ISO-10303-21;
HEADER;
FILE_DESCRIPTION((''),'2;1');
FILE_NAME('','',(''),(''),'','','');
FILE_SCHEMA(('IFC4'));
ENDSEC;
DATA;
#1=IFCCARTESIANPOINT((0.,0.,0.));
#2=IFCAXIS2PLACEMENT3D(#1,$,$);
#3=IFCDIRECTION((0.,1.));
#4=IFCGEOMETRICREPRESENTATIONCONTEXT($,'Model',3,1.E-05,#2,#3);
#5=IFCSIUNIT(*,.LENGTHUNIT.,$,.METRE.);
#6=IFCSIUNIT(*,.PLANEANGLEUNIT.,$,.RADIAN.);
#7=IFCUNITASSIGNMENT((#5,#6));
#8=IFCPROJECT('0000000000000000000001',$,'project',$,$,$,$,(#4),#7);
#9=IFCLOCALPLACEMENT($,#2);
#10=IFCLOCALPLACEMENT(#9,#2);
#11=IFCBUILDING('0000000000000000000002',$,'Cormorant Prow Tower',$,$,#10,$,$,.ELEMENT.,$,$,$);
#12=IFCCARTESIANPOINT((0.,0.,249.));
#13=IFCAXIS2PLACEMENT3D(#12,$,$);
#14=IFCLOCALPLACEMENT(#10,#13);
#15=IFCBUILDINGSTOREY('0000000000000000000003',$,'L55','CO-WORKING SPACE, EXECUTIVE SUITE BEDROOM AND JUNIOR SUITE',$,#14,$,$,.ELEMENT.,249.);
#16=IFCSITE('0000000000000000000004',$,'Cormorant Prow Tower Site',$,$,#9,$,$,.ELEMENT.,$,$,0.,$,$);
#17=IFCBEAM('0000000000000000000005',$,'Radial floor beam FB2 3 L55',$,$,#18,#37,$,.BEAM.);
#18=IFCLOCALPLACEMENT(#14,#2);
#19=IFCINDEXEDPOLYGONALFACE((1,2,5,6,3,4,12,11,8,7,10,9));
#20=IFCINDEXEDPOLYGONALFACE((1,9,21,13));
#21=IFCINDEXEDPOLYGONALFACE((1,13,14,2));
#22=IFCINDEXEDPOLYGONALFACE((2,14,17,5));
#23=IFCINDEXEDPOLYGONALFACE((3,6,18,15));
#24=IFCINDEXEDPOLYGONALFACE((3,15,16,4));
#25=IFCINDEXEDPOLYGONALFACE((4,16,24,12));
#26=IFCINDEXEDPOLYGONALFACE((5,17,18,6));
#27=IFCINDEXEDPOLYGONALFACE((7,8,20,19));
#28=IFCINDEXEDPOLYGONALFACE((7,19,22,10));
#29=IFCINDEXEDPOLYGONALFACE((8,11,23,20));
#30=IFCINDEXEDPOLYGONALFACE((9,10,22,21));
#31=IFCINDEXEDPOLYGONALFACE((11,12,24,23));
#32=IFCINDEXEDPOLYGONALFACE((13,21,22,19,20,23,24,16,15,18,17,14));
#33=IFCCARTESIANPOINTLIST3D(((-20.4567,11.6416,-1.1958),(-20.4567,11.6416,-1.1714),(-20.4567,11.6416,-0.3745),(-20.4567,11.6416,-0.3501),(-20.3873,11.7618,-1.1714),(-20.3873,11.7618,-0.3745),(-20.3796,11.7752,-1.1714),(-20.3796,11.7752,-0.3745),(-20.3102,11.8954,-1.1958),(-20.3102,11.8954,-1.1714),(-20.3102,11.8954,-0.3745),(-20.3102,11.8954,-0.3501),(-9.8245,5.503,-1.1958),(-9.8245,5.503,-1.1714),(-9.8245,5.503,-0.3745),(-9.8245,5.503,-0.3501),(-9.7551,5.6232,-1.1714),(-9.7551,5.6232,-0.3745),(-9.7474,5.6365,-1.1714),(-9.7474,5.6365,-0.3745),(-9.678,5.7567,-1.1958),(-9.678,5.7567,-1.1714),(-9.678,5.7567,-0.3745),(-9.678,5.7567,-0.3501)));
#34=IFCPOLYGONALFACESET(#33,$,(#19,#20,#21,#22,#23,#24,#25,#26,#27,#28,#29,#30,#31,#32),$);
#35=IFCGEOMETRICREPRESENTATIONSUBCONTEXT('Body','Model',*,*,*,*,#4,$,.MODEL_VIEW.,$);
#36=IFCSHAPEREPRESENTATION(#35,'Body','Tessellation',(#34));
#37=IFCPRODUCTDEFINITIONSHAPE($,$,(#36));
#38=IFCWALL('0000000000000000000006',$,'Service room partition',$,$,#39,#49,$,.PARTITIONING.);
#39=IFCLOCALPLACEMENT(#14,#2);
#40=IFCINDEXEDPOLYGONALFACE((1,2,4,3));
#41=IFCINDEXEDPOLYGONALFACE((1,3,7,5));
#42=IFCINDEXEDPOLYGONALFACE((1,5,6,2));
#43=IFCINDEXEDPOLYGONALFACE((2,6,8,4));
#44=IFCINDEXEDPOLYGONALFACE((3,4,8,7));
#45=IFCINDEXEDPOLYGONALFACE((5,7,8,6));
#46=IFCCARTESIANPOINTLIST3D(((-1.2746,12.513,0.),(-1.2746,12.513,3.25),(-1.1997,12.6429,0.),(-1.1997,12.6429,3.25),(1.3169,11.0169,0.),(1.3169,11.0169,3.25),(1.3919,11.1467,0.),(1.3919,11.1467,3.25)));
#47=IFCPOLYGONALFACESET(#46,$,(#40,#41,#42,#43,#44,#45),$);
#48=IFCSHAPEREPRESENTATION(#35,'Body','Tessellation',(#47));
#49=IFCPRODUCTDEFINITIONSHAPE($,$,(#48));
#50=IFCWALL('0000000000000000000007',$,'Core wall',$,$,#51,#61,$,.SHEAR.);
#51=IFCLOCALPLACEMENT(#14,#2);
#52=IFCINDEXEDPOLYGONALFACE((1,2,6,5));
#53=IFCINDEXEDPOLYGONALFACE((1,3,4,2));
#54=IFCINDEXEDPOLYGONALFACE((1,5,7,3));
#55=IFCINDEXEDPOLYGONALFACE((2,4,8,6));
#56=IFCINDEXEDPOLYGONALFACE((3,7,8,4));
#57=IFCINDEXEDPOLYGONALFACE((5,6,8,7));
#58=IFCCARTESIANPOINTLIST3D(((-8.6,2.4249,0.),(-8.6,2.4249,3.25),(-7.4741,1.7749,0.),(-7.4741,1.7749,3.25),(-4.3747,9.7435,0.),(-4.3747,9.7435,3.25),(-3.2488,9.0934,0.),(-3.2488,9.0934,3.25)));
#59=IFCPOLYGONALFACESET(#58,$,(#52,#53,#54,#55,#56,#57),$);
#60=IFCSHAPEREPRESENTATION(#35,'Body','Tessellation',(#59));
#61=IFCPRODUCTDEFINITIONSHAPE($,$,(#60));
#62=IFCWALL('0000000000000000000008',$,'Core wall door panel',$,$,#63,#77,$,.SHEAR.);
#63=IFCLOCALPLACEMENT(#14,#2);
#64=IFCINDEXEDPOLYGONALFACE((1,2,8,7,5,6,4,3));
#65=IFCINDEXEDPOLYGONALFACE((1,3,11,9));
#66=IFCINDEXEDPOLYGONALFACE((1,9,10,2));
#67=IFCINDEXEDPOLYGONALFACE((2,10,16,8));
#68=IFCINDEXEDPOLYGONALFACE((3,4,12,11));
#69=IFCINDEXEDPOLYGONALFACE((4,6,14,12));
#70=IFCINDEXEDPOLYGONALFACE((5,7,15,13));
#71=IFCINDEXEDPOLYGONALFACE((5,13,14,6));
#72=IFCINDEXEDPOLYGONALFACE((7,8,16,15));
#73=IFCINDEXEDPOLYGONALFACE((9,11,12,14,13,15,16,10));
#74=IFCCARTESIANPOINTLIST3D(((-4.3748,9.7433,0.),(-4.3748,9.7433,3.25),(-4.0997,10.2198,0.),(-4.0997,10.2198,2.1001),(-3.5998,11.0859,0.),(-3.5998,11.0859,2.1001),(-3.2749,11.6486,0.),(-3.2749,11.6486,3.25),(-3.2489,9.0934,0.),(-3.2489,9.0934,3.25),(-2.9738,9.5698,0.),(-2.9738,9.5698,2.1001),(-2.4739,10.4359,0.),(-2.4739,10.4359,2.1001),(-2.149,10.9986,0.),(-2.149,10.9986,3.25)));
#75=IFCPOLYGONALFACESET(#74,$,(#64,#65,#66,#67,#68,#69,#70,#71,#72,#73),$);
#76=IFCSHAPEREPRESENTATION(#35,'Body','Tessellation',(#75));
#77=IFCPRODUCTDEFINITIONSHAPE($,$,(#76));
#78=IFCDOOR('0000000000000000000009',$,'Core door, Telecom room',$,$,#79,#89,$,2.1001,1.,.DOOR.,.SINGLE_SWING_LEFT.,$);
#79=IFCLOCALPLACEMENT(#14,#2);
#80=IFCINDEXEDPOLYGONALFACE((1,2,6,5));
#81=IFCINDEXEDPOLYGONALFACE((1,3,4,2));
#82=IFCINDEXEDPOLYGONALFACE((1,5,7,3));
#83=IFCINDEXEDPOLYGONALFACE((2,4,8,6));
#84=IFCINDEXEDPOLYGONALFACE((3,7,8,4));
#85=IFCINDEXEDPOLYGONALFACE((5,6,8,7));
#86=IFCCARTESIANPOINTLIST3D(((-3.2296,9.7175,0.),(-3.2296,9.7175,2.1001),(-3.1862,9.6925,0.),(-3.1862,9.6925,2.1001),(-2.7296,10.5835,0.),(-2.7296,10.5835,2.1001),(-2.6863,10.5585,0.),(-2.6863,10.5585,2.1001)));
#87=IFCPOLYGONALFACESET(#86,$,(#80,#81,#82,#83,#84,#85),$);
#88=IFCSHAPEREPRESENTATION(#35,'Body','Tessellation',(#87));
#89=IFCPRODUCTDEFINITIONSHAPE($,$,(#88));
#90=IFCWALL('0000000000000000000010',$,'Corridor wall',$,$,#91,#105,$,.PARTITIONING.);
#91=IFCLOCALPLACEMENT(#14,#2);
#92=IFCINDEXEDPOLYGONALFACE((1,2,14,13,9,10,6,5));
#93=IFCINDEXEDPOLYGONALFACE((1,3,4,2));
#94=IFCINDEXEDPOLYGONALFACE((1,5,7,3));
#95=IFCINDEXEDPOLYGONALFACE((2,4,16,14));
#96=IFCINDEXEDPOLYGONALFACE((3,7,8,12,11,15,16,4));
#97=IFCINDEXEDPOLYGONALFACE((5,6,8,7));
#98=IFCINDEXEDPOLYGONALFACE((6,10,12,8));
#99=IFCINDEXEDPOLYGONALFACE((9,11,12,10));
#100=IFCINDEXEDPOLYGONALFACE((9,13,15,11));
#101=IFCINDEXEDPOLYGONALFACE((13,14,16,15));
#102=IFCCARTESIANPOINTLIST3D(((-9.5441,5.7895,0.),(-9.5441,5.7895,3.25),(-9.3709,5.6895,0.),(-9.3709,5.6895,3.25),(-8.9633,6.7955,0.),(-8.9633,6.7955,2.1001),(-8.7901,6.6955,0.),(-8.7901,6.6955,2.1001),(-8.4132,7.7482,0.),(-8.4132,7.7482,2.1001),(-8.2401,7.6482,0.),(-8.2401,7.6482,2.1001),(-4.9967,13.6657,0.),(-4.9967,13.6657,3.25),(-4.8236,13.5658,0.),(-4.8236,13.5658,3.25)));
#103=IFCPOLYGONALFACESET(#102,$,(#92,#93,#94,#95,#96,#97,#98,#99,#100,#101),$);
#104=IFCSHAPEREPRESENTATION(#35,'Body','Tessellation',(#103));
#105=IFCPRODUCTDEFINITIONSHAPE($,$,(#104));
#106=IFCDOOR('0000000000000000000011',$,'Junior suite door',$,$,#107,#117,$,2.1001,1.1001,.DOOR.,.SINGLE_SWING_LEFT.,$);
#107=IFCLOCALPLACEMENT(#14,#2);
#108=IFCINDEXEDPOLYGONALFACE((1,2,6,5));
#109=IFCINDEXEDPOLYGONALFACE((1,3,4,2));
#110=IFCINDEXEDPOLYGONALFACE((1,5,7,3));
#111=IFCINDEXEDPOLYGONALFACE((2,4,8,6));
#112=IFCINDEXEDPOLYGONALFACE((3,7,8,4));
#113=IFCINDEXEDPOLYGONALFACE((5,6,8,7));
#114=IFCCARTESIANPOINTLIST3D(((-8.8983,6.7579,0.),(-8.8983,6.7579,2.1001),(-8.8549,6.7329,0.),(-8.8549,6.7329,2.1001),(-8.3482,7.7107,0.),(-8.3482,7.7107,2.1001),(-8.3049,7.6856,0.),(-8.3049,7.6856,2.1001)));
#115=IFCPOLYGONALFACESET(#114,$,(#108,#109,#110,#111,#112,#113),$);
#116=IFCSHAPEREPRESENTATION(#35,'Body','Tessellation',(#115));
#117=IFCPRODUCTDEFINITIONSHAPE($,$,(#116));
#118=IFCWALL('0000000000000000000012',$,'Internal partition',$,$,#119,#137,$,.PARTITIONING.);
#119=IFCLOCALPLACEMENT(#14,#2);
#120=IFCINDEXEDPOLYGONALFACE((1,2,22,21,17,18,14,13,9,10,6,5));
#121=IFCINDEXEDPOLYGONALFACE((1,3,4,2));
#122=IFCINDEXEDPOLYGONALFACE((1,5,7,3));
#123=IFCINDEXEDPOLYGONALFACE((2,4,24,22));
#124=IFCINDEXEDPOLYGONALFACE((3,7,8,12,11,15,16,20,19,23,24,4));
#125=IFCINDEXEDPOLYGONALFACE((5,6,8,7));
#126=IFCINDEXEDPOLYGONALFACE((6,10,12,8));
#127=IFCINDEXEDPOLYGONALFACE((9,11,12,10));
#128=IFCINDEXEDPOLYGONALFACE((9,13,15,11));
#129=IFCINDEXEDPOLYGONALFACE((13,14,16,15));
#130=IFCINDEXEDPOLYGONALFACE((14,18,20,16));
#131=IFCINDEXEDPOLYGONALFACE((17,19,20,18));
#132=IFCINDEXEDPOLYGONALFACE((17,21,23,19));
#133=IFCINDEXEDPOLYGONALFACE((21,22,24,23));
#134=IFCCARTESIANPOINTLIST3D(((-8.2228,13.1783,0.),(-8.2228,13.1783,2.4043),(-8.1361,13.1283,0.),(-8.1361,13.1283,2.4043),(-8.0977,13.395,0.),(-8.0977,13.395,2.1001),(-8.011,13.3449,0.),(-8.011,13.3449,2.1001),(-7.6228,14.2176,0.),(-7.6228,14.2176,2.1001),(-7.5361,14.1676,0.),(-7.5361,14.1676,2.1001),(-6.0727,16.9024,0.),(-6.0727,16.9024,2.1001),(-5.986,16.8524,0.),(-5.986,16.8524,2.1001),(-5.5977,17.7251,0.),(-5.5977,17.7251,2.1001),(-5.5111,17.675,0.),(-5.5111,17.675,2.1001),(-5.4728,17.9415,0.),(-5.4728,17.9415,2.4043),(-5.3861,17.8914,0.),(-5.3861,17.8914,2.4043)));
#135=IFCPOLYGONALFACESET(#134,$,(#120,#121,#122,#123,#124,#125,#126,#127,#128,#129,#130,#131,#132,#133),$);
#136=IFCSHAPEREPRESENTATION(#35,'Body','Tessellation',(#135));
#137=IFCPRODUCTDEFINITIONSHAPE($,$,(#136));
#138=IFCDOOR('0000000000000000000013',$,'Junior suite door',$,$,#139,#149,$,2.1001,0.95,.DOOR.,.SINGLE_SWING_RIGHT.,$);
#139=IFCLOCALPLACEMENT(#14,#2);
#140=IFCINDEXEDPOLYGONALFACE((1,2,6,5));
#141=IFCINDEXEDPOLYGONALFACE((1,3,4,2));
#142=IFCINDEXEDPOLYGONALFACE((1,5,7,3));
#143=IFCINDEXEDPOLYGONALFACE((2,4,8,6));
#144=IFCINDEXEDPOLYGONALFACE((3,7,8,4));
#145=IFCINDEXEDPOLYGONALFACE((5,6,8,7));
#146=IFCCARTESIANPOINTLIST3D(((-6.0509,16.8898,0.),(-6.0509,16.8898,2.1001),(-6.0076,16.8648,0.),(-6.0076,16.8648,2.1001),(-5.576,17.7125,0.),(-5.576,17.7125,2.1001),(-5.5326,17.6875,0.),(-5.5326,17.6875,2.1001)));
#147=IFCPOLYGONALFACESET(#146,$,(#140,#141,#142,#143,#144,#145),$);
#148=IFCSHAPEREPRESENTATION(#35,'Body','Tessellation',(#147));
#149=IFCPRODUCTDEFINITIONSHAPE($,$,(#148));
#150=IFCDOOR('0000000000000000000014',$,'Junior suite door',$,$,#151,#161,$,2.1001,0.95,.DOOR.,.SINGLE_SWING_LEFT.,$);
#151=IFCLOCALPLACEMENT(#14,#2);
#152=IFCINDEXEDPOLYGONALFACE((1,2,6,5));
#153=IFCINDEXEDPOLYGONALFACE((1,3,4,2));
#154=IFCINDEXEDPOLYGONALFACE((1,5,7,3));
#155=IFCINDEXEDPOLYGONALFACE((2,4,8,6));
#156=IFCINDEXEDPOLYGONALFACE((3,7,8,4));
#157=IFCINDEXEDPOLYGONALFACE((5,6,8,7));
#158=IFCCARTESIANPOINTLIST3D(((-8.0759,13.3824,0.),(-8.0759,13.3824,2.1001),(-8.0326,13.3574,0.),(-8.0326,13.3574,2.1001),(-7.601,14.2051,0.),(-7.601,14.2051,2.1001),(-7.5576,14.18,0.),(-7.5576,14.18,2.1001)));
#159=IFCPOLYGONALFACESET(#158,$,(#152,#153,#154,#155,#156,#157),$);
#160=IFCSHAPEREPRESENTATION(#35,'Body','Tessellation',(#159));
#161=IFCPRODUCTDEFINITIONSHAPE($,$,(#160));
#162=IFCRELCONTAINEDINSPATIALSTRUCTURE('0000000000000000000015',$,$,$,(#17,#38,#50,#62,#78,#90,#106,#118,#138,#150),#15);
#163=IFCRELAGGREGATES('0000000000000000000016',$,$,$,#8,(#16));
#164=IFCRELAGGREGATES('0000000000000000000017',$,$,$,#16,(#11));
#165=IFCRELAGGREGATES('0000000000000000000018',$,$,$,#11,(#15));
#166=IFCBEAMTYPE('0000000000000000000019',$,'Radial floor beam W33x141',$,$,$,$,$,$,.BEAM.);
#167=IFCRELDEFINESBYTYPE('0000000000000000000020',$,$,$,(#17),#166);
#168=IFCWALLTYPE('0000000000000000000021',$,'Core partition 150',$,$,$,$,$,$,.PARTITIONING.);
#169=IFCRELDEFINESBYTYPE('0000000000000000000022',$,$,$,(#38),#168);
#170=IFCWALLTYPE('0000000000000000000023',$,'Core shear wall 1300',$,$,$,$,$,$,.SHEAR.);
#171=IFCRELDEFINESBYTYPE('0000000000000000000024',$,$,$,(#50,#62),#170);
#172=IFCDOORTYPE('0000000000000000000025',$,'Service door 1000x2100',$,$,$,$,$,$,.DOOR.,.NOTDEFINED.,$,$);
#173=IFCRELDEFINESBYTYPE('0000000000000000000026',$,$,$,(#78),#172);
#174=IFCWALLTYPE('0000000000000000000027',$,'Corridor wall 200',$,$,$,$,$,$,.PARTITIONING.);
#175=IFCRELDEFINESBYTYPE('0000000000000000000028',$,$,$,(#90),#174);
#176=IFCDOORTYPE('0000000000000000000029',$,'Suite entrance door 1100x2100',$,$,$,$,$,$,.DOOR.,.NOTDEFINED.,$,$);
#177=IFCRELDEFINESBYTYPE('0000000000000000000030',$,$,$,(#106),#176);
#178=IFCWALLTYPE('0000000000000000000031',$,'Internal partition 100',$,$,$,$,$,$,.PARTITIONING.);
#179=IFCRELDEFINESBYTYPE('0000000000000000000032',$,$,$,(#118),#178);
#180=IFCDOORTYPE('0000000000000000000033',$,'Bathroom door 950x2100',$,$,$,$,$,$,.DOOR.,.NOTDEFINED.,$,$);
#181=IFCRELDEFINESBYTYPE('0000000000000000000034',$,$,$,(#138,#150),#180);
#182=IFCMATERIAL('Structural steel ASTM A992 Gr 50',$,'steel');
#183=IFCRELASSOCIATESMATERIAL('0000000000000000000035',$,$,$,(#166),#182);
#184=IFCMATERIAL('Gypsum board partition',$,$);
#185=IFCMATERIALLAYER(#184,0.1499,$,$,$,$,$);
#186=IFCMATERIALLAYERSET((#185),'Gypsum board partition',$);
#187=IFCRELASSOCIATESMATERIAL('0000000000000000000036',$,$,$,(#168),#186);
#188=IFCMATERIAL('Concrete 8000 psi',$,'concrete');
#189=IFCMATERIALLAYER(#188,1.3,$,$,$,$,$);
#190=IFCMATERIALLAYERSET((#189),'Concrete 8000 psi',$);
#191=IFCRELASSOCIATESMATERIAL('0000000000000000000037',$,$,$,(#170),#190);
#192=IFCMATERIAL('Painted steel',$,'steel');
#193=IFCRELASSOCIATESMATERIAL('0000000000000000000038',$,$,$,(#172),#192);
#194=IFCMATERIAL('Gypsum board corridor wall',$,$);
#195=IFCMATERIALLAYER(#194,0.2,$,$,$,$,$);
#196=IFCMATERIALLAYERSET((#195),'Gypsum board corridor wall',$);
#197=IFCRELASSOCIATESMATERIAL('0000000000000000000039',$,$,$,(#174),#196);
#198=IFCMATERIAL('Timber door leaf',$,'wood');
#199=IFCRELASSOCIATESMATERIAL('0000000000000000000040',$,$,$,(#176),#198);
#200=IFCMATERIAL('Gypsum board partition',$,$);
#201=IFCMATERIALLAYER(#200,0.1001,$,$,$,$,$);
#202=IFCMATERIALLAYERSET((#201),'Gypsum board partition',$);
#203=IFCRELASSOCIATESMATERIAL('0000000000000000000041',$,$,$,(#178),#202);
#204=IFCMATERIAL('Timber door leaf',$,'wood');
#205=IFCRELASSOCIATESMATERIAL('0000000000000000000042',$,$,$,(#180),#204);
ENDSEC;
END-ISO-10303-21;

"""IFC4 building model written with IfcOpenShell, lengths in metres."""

from ifc_helpers import new_model, si_unit, direction, frame, frame_2d, origin, origin_2d, place, context, subcontext, project, spatial, rectangle, i_section, extrude, material, layer, layer_set, material_profile, profile_set, type_object, element, fill, save


model = new_model("IFC4")

# Units and contexts
model_context = context("Model", 3, precision=1e-05, world=origin(), true_north=direction((0.0, 1.0)))
body_context = subcontext(model_context, "Body", "Model", "MODEL_VIEW")
ifc_project = project(units=[si_unit("LENGTHUNIT", "METRE"), si_unit("PLANEANGLEUNIT", "RADIAN")], contexts=[model_context])

# Site, building, storey
site_placement = place(None, origin())
site = spatial("IfcSite", under=ifc_project, at=site_placement, Name="Cormorant Prow Tower Site", CompositionType="ELEMENT", RefElevation=0.0)
building_placement = place(site_placement, origin())
building = spatial("IfcBuilding", under=site, at=building_placement, Name="Cormorant Prow Tower", CompositionType="ELEMENT")
storey_placement = place(building_placement, frame((0.0, 0.0, 249.0)))
storey = spatial("IfcBuildingStorey", under=building, at=storey_placement, Name="L55", Description="CO-WORKING SPACE, EXECUTIVE SUITE BEDROOM AND JUNIOR SUITE", CompositionType="ELEMENT", Elevation=249.0)

# Beam
ifc_material_1 = material(Name="Structural steel ASTM A992 Gr 50", Category="steel")
ifc_material_profile = material_profile(ifc_material_1, i_section(OverallWidth=0.293, OverallDepth=0.8457, WebThickness=0.0154, FlangeThickness=0.0244, at=origin_2d()), Name="W33x141")
ifc_profile_set = profile_set([ifc_material_profile], Name="Structural steel ASTM A992 Gr 50")
beam_type = type_object("IfcBeamType", Name="Radial floor beam W33x141", PredefinedType="BEAM", material=ifc_profile_set)
beam_placement = place(storey_placement, frame((-9.7512, 5.6299, -0.7729), z_axis=(-0.866022, 0.500006, 0.0), x_axis=(-0.500006, -0.866022, 0.0)))
element("IfcBeam", 1, at=beam_placement, inside=storey, type_object=beam_type, Name="Radial floor beam FB2 3 L55", PredefinedType="BEAM", context=body_context, shape_type="SweptSolid", body=[
    extrude(i_section(OverallWidth=0.293, OverallDepth=0.8457, WebThickness=0.0154, FlangeThickness=0.0244, at=origin_2d()), origin(), (0.0, 0.0, 1.0), 12.2771),
])

# Walls
ifc_material_2 = material(Name="Gypsum board partition")
ifc_layer_1 = layer(ifc_material_2, 0.1499)
ifc_layer_set_1 = layer_set([ifc_layer_1], Name="Gypsum board partition")
wall_type_1 = type_object("IfcWallType", Name="Core partition 150", PredefinedType="PARTITIONING", material=ifc_layer_set_1)
wall_1_placement = place(storey_placement, frame((-1.2371, 12.5779, 0.0), z_axis=(0.0, 0.0, 1.0), x_axis=(0.866046, -0.499965, 0.0)))
element("IfcWall", 2, at=wall_1_placement, inside=storey, type_object=wall_type_1, Name="Service room partition", PredefinedType="PARTITIONING", context=body_context, shape_type="SweptSolid", body=[
    extrude(rectangle(XDim=2.9924, YDim=0.1499, at=frame_2d((1.4961, 0.0))), origin(), (0.0, 0.0, 1.0), 3.25),
])
ifc_material_3 = material(Name="Concrete 8000 psi", Category="concrete")
ifc_layer_2 = layer(ifc_material_3, 1.3)
ifc_layer_set_2 = layer_set([ifc_layer_2], Name="Concrete 8000 psi")
wall_type_2 = type_object("IfcWallType", Name="Core shear wall 1300", PredefinedType="SHEAR", material=ifc_layer_set_2)
wall_2_placement = place(storey_placement, frame((-3.8118, 9.4185, 0.0), z_axis=(0.0, 0.0, 1.0), x_axis=(-0.499995, -0.866028, 0.0)))
element("IfcWall", 3, at=wall_2_placement, inside=storey, type_object=wall_type_2, Name="Core wall", PredefinedType="SHEAR", context=body_context, shape_type="SweptSolid", body=[
    extrude(rectangle(XDim=8.4507, YDim=1.3, at=frame_2d((4.2253, 0.0))), origin(), (0.0, 0.0, 1.0), 3.25),
])

# Walls, openings, doors
wall_3_placement = place(storey_placement, frame((-2.7119, 11.3237, 0.0), z_axis=(0.0, 0.0, 1.0), x_axis=(-0.499947, -0.866056, 0.0)))
wall_3 = element("IfcWall", 4, at=wall_3_placement, inside=storey, type_object=wall_type_2, Name="Core wall door panel", PredefinedType="SHEAR", context=body_context, shape_type="SweptSolid", body=[
    extrude(rectangle(XDim=2.2, YDim=1.3, at=frame_2d((1.1001, 0.0))), origin(), (0.0, 0.0, 1.0), 3.25),
])
opening_1_placement = place(wall_3_placement, frame((0.6499, 0.0, 0.0)))
opening_1 = element("IfcOpeningElement", 5, at=opening_1_placement, cuts=wall_3, PredefinedType="OPENING", context=body_context, shape_type="SweptSolid", body=[
    extrude(rectangle(XDim=1.0, YDim=2.1001, at=frame_2d((0.5, 1.05))), frame((0.0, 0.6599, 0.0), z_axis=(0.0, -1.0, 0.0), x_axis=(1.0, 0.0, 0.0)), (0.0, 0.0, 1.0), 1.3201),
])
ifc_material_4 = material(Name="Painted steel", Category="steel")
door_type_1 = type_object("IfcDoorType", Name="Service door 1000x2100", OperationType="NOTDEFINED", PredefinedType="DOOR", material=ifc_material_4)
door_1_placement = place(opening_1_placement, origin())
door_1 = element("IfcDoor", 6, at=door_1_placement, inside=storey, type_object=door_type_1, Name="Core door, Telecom room", OperationType="SINGLE_SWING_LEFT", OverallHeight=2.1001, OverallWidth=1.0, PredefinedType="DOOR", context=body_context, shape_type="SweptSolid", body=[
    extrude(rectangle(XDim=1.0, YDim=2.1001, at=frame_2d((0.5, 1.05))), frame((0.0, 0.4048, 0.0), z_axis=(0.0, -1.0, 0.0), x_axis=(1.0, 0.0, 0.0)), (0.0, 0.0, 1.0), 0.05),
])
fill(opening_1, door_1)
ifc_material_5 = material(Name="Gypsum board corridor wall")
ifc_layer_3 = layer(ifc_material_5, 0.2)
ifc_layer_set_3 = layer_set([ifc_layer_3], Name="Gypsum board corridor wall")
wall_type_3 = type_object("IfcWallType", Name="Corridor wall 200", PredefinedType="PARTITIONING", material=ifc_layer_set_3)
wall_4_placement = place(storey_placement, frame((-9.4575, 5.7395, 0.0), z_axis=(0.0, 0.0, 1.0), x_axis=(0.500002, 0.866024, 0.0)))
wall_4 = element("IfcWall", 7, at=wall_4_placement, inside=storey, type_object=wall_type_3, Name="Corridor wall", PredefinedType="PARTITIONING", context=body_context, shape_type="SweptSolid", body=[
    extrude(rectangle(XDim=9.0947, YDim=0.2, at=frame_2d((4.5474, 0.0))), origin(), (0.0, 0.0, 1.0), 3.25),
])
opening_2_placement = place(wall_4_placement, frame((1.1616, 0.0, 0.0)))
opening_2 = element("IfcOpeningElement", 8, at=opening_2_placement, cuts=wall_4, PredefinedType="OPENING", context=body_context, shape_type="SweptSolid", body=[
    extrude(rectangle(XDim=1.1001, YDim=2.1001, at=frame_2d((0.55, 1.05))), frame((0.0, 0.1099, 0.0), z_axis=(0.0, -1.0, 0.0), x_axis=(1.0, 0.0, 0.0)), (0.0, 0.0, 1.0), 0.22),
])
ifc_material_6 = material(Name="Timber door leaf", Category="wood")
door_type_2 = type_object("IfcDoorType", Name="Suite entrance door 1100x2100", OperationType="NOTDEFINED", PredefinedType="DOOR", material=ifc_material_6)
door_2_placement = place(opening_2_placement, origin())
door_2 = element("IfcDoor", 9, at=door_2_placement, inside=storey, type_object=door_type_2, Name="Junior suite door", OperationType="SINGLE_SWING_LEFT", OverallHeight=2.1001, OverallWidth=1.1001, PredefinedType="DOOR", context=body_context, shape_type="SweptSolid", body=[
    extrude(rectangle(XDim=1.1001, YDim=2.1001, at=frame_2d((0.55, 1.05))), frame((0.0, 0.0249, 0.0), z_axis=(0.0, -1.0, 0.0), x_axis=(1.0, 0.0, 0.0)), (0.0, 0.0, 1.0), 0.05),
])
fill(opening_2, door_2)

# Wall, openings, doors
ifc_material_7 = material(Name="Gypsum board partition")
ifc_layer_4 = layer(ifc_material_7, 0.1001)
ifc_layer_set_4 = layer_set([ifc_layer_4], Name="Gypsum board partition")
wall_type_4 = type_object("IfcWallType", Name="Internal partition 100", PredefinedType="PARTITIONING", material=ifc_layer_set_4)
wall_5_placement = place(storey_placement, frame((-8.1794, 13.1533, 0.0), z_axis=(0.0, 0.0, 1.0), x_axis=(0.499997, 0.866027, 0.0)))
wall_5 = element("IfcWall", 10, at=wall_5_placement, inside=storey, type_object=wall_type_4, Name="Internal partition", PredefinedType="PARTITIONING", context=body_context, shape_type="SweptSolid", body=[
    extrude(rectangle(XDim=5.5, YDim=0.1001, at=frame_2d((2.75, 0.0))), origin(), (0.0, 0.0, 1.0), 2.4043),
])
opening_3_placement = place(wall_5_placement, frame((4.3, 0.0, 0.0)))
opening_3 = element("IfcOpeningElement", 11, at=opening_3_placement, cuts=wall_5, PredefinedType="OPENING", context=body_context, shape_type="SweptSolid", body=[
    extrude(rectangle(XDim=0.95, YDim=2.1001, at=frame_2d((0.4751, 1.05))), frame((0.0, 0.0601, 0.0), z_axis=(0.0, -1.0, 0.0), x_axis=(1.0, 0.0, 0.0)), (0.0, 0.0, 1.0), 0.1201),
])
opening_4_placement = place(wall_5_placement, frame((0.25, 0.0, 0.0)))
opening_4 = element("IfcOpeningElement", 12, at=opening_4_placement, cuts=wall_5, PredefinedType="OPENING", context=body_context, shape_type="SweptSolid", body=[
    extrude(rectangle(XDim=0.95, YDim=2.1001, at=frame_2d((0.4751, 1.05))), frame((0.0, 0.0601, 0.0), z_axis=(0.0, -1.0, 0.0), x_axis=(1.0, 0.0, 0.0)), (0.0, 0.0, 1.0), 0.1201),
])
ifc_material_8 = material(Name="Timber door leaf", Category="wood")
door_type_3 = type_object("IfcDoorType", Name="Bathroom door 950x2100", OperationType="NOTDEFINED", PredefinedType="DOOR", material=ifc_material_8)
door_3_placement = place(opening_3_placement, origin())
door_3 = element("IfcDoor", 13, at=door_3_placement, inside=storey, type_object=door_type_3, Name="Junior suite door", OperationType="SINGLE_SWING_RIGHT", OverallHeight=2.1001, OverallWidth=0.95, PredefinedType="DOOR", context=body_context, shape_type="SweptSolid", body=[
    extrude(rectangle(XDim=0.95, YDim=2.1001, at=frame_2d((0.4751, 1.05))), frame((0.0, 0.0249, 0.0), z_axis=(0.0, -1.0, 0.0), x_axis=(1.0, 0.0, 0.0)), (0.0, 0.0, 1.0), 0.05),
])
fill(opening_3, door_3)
door_4_placement = place(opening_4_placement, origin())
door_4 = element("IfcDoor", 14, at=door_4_placement, inside=storey, type_object=door_type_3, Name="Junior suite door", OperationType="SINGLE_SWING_LEFT", OverallHeight=2.1001, OverallWidth=0.95, PredefinedType="DOOR", context=body_context, shape_type="SweptSolid", body=[
    extrude(rectangle(XDim=0.95, YDim=2.1001, at=frame_2d((0.4751, 1.05))), frame((0.0, 0.0249, 0.0), z_axis=(0.0, -1.0, 0.0), x_axis=(1.0, 0.0, 0.0)), (0.0, 0.0, 1.0), 0.05),
])
fill(opening_4, door_4)

save(model, "model.ifc")
